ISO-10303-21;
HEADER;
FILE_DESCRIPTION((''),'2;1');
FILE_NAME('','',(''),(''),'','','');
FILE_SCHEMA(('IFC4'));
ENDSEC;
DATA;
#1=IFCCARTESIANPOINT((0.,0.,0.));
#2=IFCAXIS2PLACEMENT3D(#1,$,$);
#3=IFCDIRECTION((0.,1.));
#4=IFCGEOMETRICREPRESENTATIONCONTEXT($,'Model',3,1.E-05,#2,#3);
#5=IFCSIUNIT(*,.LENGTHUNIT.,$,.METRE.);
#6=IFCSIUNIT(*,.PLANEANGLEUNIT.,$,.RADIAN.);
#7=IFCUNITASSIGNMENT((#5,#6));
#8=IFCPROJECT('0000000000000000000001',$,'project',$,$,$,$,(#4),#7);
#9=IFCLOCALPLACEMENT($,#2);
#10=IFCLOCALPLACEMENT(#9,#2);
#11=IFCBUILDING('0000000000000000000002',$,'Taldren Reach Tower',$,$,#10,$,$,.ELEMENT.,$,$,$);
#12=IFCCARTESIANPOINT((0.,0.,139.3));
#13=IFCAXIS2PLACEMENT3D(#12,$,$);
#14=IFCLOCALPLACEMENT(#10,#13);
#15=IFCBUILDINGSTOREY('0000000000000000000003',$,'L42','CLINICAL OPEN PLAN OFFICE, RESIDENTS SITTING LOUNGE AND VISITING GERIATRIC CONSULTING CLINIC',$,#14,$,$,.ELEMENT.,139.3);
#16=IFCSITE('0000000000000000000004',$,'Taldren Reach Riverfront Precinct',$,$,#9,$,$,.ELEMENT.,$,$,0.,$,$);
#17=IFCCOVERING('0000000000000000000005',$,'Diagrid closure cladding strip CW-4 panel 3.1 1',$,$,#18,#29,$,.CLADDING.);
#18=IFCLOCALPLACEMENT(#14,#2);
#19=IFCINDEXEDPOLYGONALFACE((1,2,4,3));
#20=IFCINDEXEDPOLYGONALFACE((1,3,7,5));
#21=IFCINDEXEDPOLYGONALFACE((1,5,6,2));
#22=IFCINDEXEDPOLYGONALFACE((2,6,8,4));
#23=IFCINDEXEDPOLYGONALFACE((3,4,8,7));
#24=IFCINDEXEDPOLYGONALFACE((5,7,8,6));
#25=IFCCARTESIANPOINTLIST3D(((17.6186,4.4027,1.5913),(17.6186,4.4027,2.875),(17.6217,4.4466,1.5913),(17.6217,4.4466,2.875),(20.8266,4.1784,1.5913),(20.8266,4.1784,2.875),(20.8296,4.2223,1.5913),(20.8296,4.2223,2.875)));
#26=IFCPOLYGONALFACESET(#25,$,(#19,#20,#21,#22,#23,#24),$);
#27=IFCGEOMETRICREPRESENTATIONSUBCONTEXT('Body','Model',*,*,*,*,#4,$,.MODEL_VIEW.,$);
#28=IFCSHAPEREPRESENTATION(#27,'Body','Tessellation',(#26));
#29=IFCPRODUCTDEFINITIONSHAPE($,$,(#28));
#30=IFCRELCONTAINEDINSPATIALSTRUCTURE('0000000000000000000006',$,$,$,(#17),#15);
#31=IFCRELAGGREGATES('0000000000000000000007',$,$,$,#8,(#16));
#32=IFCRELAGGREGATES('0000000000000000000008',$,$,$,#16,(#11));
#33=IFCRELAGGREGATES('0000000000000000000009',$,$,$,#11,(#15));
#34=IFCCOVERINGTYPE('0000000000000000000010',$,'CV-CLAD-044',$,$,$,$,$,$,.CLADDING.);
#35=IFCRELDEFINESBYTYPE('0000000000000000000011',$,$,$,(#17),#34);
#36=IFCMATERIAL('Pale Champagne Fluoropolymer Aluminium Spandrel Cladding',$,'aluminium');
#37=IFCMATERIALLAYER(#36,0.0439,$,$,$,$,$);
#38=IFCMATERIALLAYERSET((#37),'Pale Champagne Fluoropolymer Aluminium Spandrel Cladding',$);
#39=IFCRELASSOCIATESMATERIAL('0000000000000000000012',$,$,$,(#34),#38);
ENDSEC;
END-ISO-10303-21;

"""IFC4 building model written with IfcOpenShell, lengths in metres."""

from ifc_helpers import new_model, si_unit, direction, frame, origin, origin_2d, place, context, subcontext, project, spatial, rectangle, extrude, source, transform, mapped, material, layer, layer_set, type_object, element, save


model = new_model("IFC4")

# Units and contexts
model_context = context("Model", 3, precision=1e-05, world=origin(), true_north=direction((0.0, 1.0)))
body_context = subcontext(model_context, "Body", "Model", "MODEL_VIEW")
ifc_project = project(units=[si_unit("LENGTHUNIT", "METRE"), si_unit("PLANEANGLEUNIT", "RADIAN")], contexts=[model_context])

# Site, building, storey
site_placement = place(None, origin())
site = spatial("IfcSite", under=ifc_project, at=site_placement, Name="Taldren Reach Riverfront Precinct", CompositionType="ELEMENT", RefElevation=0.0)
building_placement = place(site_placement, origin())
building = spatial("IfcBuilding", under=site, at=building_placement, Name="Taldren Reach Tower", CompositionType="ELEMENT")
storey_placement = place(building_placement, frame((0.0, 0.0, 139.3)))
storey = spatial("IfcBuildingStorey", under=building, at=storey_placement, Name="L42", Description="CLINICAL OPEN PLAN OFFICE, RESIDENTS SITTING LOUNGE AND VISITING GERIATRIC CONSULTING CLINIC", CompositionType="ELEMENT", Elevation=139.3)

# Covering
ifc_material_1 = material(Name="Pale Champagne Fluoropolymer Aluminium Spandrel Cladding", Category="aluminium")
ifc_layer_1 = layer(ifc_material_1, 0.0439)
ifc_layer_set_1 = layer_set([ifc_layer_1], Name="Pale Champagne Fluoropolymer Aluminium Spandrel Cladding")
covering_type = type_object("IfcCoveringType", Name="CV-CLAD-044", PredefinedType="CLADDING", material=ifc_layer_set_1)
shared_shape_1 = source(origin(), body_context, "Body", "SweptSolid", [
    extrude(rectangle(XDim=3.2158, YDim=0.0439, at=origin_2d()), origin(), (0.0, 0.0, 1.0), 1.2837),
])
covering_1_placement = place(storey_placement, frame((19.2241, 4.3125, 1.5913), z_axis=(0.0, 0.0, 1.0), x_axis=(0.997564, -0.069757, 0.0)))
element("IfcCovering", 1, at=covering_1_placement, inside=storey, type_object=covering_type, Name="Diagrid closure cladding strip CW-4 panel 3.1 1", PredefinedType="CLADDING", context=body_context, shape_type="MappedRepresentation", body=[
    mapped(shared_shape_1, transform((0.0, 0.0, 0.0), scale=1.0)),
])

save(model, "model.ifc")
